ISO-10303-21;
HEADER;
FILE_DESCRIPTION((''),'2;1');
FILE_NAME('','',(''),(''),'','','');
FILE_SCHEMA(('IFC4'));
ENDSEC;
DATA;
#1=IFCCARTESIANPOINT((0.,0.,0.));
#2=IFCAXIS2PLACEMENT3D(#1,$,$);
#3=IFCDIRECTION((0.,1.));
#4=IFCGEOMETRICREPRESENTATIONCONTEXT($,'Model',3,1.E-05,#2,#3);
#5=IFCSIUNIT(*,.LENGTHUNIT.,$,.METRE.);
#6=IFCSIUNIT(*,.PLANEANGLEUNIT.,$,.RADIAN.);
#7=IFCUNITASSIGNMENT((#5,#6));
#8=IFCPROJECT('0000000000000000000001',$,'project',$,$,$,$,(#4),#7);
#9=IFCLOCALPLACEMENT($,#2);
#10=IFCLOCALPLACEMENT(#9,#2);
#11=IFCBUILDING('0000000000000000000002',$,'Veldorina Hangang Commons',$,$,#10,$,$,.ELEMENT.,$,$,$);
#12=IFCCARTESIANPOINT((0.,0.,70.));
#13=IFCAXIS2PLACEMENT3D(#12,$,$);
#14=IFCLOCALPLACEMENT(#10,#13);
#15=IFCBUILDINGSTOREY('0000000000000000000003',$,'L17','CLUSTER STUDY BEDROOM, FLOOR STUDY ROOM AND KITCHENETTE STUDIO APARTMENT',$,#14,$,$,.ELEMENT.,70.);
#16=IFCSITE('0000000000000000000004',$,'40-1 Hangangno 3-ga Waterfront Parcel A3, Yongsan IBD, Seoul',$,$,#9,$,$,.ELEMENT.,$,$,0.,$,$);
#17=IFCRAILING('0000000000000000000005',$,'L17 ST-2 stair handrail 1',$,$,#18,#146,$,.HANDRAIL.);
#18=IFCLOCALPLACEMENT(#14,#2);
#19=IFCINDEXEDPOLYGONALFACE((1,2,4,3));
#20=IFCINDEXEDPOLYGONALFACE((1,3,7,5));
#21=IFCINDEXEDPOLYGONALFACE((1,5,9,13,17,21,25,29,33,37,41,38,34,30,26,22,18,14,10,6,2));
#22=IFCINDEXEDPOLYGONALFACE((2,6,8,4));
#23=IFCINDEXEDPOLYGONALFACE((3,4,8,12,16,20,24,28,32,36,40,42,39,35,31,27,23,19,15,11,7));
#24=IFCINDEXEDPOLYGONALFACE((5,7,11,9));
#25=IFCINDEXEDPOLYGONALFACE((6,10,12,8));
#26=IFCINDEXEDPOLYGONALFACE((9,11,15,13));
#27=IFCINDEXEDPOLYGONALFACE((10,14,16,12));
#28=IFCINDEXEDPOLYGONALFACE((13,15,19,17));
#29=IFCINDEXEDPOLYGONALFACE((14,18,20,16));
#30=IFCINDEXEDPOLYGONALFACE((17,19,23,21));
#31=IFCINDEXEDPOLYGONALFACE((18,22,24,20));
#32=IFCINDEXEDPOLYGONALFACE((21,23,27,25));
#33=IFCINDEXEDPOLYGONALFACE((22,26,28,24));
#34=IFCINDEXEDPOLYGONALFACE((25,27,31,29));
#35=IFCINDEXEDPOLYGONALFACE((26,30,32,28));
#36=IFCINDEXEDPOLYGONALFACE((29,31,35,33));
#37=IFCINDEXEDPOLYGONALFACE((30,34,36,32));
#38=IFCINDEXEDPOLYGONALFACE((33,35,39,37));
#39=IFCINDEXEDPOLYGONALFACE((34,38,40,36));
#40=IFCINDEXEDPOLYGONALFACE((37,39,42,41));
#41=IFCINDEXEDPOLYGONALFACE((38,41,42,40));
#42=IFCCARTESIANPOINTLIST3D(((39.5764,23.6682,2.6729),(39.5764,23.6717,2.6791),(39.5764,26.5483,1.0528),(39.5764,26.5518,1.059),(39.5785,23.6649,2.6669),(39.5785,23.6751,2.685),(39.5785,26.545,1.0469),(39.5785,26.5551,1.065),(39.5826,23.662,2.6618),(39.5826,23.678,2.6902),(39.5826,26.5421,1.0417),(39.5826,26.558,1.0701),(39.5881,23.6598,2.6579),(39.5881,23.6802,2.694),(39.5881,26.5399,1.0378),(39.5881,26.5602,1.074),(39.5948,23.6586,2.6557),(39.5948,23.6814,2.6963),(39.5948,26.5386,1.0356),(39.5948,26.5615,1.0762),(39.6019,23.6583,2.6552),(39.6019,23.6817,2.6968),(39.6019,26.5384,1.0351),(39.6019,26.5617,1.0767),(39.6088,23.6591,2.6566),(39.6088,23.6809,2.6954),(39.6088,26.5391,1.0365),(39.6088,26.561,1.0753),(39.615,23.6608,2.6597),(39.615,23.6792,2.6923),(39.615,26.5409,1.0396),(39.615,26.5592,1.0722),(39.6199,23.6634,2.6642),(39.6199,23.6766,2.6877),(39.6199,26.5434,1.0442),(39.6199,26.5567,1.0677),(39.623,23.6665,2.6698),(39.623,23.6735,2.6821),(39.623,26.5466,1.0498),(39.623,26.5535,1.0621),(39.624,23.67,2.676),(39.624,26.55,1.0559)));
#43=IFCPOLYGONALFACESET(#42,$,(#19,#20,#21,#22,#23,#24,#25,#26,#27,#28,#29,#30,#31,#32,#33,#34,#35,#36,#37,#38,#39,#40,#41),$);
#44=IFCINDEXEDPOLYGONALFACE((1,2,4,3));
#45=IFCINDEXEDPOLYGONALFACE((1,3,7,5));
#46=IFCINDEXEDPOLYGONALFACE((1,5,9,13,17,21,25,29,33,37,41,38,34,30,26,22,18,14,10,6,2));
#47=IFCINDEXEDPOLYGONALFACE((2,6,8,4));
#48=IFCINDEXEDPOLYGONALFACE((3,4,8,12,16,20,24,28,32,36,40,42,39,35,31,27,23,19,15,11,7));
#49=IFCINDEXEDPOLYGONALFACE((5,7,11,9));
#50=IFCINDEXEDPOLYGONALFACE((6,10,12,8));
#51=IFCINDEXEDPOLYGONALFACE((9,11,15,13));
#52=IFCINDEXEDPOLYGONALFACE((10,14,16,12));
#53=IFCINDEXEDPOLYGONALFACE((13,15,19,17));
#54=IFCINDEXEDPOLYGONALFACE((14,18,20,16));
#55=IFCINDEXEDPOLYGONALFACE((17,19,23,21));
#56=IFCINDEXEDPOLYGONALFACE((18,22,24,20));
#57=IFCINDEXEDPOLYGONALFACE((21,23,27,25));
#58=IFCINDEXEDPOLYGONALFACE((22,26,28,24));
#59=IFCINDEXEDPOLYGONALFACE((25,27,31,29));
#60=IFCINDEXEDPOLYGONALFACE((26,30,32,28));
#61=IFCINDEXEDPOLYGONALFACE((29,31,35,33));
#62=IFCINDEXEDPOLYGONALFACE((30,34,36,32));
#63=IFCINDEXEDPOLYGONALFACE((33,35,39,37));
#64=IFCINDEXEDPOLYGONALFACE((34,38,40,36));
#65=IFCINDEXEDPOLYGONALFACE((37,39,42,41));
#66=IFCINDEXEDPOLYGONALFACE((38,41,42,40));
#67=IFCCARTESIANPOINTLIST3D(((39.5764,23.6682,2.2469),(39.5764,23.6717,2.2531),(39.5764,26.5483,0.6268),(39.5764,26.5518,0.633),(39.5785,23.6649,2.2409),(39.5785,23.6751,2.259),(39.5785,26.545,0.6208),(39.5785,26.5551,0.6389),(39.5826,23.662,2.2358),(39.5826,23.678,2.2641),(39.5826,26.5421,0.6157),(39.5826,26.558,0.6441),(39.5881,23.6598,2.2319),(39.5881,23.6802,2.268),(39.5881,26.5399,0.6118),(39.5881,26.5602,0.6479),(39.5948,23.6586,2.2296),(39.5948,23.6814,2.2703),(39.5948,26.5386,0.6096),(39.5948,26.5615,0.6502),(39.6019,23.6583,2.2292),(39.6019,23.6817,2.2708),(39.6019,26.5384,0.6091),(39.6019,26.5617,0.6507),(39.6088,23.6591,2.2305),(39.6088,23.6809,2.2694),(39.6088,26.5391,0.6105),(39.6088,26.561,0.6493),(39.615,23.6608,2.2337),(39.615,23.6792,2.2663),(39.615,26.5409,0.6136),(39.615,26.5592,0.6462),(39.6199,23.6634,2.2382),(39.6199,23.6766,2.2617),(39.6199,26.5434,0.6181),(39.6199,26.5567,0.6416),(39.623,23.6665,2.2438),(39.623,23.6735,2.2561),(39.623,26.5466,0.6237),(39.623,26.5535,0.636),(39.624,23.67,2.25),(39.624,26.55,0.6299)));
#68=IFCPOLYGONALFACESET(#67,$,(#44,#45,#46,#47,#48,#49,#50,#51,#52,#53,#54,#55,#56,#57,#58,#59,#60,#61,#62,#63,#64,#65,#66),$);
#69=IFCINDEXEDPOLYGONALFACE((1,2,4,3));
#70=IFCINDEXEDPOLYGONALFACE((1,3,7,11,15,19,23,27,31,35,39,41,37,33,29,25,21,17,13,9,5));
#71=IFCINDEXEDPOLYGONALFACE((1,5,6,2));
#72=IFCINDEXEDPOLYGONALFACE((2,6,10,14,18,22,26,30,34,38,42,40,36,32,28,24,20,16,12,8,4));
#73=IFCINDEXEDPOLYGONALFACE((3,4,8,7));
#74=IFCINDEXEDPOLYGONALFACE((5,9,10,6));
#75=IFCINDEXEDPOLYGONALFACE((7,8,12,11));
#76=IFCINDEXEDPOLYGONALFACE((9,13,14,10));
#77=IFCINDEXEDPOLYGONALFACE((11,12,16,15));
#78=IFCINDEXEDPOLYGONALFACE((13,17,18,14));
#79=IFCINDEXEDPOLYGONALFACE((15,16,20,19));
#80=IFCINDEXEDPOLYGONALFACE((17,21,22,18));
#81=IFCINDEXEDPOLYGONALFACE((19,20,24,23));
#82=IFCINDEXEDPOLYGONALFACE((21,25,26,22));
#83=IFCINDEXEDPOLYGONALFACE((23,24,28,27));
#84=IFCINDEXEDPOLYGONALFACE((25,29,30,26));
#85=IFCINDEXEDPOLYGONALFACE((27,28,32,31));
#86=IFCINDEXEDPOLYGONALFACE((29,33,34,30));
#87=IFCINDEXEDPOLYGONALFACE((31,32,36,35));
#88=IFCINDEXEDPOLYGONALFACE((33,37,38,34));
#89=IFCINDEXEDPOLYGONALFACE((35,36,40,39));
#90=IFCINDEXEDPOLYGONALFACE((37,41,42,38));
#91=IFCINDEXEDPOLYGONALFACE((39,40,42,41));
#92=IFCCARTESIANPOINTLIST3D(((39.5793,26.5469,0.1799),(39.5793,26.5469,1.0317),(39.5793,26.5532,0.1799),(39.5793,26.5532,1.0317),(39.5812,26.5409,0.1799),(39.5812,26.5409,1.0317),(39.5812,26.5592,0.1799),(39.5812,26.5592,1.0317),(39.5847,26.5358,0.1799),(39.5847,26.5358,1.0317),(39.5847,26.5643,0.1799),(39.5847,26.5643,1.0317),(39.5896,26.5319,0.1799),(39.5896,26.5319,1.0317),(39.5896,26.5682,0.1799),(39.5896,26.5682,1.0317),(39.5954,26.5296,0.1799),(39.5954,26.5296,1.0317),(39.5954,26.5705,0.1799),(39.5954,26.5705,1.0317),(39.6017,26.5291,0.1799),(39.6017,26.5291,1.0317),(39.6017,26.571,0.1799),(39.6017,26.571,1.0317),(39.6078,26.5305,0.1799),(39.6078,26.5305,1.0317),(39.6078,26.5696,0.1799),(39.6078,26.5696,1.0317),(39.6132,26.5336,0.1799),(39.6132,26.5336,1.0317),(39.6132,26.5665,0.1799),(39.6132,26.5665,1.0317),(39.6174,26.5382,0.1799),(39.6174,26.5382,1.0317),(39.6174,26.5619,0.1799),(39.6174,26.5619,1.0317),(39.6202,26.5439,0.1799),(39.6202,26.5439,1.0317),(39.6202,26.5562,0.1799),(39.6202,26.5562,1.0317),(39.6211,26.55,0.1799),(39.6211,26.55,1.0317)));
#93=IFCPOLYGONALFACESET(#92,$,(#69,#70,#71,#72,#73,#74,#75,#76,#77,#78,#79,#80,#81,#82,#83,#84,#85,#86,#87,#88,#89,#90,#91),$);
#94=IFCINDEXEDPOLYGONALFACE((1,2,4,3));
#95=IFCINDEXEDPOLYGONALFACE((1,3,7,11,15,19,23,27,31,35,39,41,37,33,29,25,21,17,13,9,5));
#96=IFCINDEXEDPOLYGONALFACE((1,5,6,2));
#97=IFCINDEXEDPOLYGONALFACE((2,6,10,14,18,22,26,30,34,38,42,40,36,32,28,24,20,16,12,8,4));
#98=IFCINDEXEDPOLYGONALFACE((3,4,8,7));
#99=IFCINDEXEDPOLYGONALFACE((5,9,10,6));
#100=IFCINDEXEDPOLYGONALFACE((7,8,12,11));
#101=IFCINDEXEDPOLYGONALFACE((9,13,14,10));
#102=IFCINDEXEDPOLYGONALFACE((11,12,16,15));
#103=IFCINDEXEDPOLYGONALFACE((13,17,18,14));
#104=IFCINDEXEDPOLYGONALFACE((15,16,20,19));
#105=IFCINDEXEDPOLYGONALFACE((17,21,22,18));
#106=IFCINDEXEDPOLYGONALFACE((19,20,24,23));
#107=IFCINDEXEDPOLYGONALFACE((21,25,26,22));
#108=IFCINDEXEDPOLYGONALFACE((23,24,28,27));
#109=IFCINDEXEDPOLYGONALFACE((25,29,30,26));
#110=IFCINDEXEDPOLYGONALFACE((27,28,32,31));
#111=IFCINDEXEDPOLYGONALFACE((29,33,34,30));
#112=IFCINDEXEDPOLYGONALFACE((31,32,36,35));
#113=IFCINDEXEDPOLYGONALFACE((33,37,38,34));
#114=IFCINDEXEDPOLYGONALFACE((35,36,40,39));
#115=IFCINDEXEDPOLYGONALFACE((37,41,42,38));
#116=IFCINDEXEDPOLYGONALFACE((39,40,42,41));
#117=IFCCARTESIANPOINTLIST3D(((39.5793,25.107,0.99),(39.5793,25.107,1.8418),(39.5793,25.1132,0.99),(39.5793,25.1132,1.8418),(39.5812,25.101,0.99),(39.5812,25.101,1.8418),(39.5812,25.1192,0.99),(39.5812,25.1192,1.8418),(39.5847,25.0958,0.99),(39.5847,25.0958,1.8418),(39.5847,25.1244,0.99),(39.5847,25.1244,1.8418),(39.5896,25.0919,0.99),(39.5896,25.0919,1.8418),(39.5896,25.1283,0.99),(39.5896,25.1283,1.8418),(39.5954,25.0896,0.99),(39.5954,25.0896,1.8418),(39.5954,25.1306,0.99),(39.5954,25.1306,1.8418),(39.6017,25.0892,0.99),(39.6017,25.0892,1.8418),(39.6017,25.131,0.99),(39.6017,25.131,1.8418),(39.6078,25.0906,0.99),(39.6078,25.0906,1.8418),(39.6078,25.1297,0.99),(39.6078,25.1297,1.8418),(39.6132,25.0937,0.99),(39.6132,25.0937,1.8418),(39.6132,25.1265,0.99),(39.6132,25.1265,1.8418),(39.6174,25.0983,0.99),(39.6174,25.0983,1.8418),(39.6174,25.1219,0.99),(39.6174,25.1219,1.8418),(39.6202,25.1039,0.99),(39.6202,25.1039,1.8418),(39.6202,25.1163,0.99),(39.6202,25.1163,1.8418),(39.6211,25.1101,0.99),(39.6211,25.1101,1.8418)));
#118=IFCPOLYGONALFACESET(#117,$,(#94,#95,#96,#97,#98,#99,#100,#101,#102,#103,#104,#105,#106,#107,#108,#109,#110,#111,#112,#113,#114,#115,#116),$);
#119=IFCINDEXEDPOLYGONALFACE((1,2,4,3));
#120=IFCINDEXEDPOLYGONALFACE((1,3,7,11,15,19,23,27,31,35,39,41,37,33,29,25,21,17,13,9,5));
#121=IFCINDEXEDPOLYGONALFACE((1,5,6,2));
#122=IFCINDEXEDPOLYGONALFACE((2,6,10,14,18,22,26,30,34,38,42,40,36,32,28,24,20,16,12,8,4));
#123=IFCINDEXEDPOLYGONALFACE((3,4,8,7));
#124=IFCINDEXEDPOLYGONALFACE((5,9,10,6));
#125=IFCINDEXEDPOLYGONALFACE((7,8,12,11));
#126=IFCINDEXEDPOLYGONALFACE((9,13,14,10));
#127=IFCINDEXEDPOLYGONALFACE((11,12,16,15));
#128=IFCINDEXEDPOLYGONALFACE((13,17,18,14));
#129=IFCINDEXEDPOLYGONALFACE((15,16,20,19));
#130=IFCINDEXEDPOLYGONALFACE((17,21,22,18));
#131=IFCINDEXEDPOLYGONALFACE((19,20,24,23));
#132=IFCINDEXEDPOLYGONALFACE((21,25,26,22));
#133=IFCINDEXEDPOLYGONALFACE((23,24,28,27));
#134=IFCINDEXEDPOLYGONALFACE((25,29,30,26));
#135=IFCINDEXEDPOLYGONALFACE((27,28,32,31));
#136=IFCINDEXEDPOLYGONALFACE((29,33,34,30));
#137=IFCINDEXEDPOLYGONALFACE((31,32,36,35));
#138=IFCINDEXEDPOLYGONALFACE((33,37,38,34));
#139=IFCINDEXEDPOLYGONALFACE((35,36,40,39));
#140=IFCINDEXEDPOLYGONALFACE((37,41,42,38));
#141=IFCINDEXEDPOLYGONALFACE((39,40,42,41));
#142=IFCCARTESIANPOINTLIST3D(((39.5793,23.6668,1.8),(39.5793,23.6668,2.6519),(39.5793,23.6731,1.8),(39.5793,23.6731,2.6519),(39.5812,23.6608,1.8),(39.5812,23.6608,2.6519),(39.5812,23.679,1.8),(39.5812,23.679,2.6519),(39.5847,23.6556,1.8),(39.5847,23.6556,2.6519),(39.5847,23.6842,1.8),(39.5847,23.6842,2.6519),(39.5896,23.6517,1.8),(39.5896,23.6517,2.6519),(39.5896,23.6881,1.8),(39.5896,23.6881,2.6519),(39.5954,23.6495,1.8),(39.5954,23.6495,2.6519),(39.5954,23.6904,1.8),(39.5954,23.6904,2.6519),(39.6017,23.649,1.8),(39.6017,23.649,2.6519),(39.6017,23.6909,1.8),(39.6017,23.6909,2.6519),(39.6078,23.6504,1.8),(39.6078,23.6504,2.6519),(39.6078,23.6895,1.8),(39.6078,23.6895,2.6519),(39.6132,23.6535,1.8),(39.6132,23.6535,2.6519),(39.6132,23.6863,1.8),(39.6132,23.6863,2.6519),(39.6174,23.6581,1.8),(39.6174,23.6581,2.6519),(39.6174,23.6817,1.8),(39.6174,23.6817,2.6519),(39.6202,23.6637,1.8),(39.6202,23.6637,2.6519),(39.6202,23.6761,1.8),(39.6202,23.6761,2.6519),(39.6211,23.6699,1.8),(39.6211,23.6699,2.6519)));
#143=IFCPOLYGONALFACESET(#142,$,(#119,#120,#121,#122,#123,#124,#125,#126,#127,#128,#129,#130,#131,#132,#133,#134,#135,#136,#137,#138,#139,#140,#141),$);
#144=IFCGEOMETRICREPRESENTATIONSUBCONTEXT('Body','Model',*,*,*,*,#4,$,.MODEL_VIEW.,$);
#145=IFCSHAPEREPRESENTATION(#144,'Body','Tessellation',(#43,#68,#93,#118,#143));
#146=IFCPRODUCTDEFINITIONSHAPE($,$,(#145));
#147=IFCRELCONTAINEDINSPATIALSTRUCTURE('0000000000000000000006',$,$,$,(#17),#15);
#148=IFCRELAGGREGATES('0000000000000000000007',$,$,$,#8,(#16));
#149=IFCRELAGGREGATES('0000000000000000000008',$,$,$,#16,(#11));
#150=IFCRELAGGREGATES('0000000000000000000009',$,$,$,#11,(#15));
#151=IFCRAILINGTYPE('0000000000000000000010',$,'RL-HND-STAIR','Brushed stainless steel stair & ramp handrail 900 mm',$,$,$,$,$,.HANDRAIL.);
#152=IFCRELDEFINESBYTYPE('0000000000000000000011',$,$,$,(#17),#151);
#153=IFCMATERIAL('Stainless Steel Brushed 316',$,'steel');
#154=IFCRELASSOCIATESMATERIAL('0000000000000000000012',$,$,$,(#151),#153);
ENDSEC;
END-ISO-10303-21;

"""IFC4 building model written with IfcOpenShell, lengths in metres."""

from ifc_helpers import new_model, si_unit, direction, frame, origin, origin_2d, place, context, subcontext, project, spatial, circle, extrude, material, type_object, element, save


model = new_model("IFC4")

# Units and contexts
model_context = context("Model", 3, precision=1e-05, world=origin(), true_north=direction((0.0, 1.0)))
body_context = subcontext(model_context, "Body", "Model", "MODEL_VIEW")
ifc_project = project(units=[si_unit("LENGTHUNIT", "METRE"), si_unit("PLANEANGLEUNIT", "RADIAN")], contexts=[model_context])

# Site, building, storey
site_placement = place(None, origin())
site = spatial("IfcSite", under=ifc_project, at=site_placement, Name="40-1 Hangangno 3-ga Waterfront Parcel A3, Yongsan IBD, Seoul", CompositionType="ELEMENT", RefElevation=0.0)
building_placement = place(site_placement, origin())
building = spatial("IfcBuilding", under=site, at=building_placement, Name="Veldorina Hangang Commons", CompositionType="ELEMENT")
storey_placement = place(building_placement, frame((0.0, 0.0, 70.0)))
storey = spatial("IfcBuildingStorey", under=building, at=storey_placement, Name="L17", Description="CLUSTER STUDY BEDROOM, FLOOR STUDY ROOM AND KITCHENETTE STUDIO APARTMENT", CompositionType="ELEMENT", Elevation=70.0)

# Railing
ifc_material_1 = material(Name="Stainless Steel Brushed 316", Category="steel")
railing_type_1 = type_object("IfcRailingType", Name="RL-HND-STAIR", Description="Brushed stainless steel stair & ramp handrail 900 mm", PredefinedType="HANDRAIL", material=ifc_material_1)
railing_1_placement = place(storey_placement, frame((39.6001, 26.55, 0.1799)))
element("IfcRailing", 1, at=railing_1_placement, inside=storey, type_object=railing_type_1, Name="L17 ST-2 stair handrail 1", PredefinedType="HANDRAIL", context=body_context, shape_type="SweptSolid", body=[
    extrude(circle(Radius=0.0239, at=origin_2d()), frame((0.0, 0.0, 0.876), z_axis=(0.0, -0.87157, 0.490272), x_axis=(1.0, 0.0, 0.0)), (0.0, 0.0, 1.0), 3.3044),
    extrude(circle(Radius=0.0239, at=origin_2d()), frame((0.0, 0.0, 0.45), z_axis=(0.0, -0.87157, 0.490272), x_axis=(1.0, 0.0, 0.0)), (0.0, 0.0, 1.0), 3.3044),
    extrude(circle(Radius=0.021, at=origin_2d()), origin(), (0.0, 0.0, 1.0), 0.8518),
    extrude(circle(Radius=0.021, at=origin_2d()), frame((0.0, -1.4399, 0.8101)), (0.0, 0.0, 1.0), 0.8518),
    extrude(circle(Radius=0.021, at=origin_2d()), frame((0.0, -2.8801, 1.6201)), (0.0, 0.0, 1.0), 0.8518),
])

save(model, "model.ifc")
